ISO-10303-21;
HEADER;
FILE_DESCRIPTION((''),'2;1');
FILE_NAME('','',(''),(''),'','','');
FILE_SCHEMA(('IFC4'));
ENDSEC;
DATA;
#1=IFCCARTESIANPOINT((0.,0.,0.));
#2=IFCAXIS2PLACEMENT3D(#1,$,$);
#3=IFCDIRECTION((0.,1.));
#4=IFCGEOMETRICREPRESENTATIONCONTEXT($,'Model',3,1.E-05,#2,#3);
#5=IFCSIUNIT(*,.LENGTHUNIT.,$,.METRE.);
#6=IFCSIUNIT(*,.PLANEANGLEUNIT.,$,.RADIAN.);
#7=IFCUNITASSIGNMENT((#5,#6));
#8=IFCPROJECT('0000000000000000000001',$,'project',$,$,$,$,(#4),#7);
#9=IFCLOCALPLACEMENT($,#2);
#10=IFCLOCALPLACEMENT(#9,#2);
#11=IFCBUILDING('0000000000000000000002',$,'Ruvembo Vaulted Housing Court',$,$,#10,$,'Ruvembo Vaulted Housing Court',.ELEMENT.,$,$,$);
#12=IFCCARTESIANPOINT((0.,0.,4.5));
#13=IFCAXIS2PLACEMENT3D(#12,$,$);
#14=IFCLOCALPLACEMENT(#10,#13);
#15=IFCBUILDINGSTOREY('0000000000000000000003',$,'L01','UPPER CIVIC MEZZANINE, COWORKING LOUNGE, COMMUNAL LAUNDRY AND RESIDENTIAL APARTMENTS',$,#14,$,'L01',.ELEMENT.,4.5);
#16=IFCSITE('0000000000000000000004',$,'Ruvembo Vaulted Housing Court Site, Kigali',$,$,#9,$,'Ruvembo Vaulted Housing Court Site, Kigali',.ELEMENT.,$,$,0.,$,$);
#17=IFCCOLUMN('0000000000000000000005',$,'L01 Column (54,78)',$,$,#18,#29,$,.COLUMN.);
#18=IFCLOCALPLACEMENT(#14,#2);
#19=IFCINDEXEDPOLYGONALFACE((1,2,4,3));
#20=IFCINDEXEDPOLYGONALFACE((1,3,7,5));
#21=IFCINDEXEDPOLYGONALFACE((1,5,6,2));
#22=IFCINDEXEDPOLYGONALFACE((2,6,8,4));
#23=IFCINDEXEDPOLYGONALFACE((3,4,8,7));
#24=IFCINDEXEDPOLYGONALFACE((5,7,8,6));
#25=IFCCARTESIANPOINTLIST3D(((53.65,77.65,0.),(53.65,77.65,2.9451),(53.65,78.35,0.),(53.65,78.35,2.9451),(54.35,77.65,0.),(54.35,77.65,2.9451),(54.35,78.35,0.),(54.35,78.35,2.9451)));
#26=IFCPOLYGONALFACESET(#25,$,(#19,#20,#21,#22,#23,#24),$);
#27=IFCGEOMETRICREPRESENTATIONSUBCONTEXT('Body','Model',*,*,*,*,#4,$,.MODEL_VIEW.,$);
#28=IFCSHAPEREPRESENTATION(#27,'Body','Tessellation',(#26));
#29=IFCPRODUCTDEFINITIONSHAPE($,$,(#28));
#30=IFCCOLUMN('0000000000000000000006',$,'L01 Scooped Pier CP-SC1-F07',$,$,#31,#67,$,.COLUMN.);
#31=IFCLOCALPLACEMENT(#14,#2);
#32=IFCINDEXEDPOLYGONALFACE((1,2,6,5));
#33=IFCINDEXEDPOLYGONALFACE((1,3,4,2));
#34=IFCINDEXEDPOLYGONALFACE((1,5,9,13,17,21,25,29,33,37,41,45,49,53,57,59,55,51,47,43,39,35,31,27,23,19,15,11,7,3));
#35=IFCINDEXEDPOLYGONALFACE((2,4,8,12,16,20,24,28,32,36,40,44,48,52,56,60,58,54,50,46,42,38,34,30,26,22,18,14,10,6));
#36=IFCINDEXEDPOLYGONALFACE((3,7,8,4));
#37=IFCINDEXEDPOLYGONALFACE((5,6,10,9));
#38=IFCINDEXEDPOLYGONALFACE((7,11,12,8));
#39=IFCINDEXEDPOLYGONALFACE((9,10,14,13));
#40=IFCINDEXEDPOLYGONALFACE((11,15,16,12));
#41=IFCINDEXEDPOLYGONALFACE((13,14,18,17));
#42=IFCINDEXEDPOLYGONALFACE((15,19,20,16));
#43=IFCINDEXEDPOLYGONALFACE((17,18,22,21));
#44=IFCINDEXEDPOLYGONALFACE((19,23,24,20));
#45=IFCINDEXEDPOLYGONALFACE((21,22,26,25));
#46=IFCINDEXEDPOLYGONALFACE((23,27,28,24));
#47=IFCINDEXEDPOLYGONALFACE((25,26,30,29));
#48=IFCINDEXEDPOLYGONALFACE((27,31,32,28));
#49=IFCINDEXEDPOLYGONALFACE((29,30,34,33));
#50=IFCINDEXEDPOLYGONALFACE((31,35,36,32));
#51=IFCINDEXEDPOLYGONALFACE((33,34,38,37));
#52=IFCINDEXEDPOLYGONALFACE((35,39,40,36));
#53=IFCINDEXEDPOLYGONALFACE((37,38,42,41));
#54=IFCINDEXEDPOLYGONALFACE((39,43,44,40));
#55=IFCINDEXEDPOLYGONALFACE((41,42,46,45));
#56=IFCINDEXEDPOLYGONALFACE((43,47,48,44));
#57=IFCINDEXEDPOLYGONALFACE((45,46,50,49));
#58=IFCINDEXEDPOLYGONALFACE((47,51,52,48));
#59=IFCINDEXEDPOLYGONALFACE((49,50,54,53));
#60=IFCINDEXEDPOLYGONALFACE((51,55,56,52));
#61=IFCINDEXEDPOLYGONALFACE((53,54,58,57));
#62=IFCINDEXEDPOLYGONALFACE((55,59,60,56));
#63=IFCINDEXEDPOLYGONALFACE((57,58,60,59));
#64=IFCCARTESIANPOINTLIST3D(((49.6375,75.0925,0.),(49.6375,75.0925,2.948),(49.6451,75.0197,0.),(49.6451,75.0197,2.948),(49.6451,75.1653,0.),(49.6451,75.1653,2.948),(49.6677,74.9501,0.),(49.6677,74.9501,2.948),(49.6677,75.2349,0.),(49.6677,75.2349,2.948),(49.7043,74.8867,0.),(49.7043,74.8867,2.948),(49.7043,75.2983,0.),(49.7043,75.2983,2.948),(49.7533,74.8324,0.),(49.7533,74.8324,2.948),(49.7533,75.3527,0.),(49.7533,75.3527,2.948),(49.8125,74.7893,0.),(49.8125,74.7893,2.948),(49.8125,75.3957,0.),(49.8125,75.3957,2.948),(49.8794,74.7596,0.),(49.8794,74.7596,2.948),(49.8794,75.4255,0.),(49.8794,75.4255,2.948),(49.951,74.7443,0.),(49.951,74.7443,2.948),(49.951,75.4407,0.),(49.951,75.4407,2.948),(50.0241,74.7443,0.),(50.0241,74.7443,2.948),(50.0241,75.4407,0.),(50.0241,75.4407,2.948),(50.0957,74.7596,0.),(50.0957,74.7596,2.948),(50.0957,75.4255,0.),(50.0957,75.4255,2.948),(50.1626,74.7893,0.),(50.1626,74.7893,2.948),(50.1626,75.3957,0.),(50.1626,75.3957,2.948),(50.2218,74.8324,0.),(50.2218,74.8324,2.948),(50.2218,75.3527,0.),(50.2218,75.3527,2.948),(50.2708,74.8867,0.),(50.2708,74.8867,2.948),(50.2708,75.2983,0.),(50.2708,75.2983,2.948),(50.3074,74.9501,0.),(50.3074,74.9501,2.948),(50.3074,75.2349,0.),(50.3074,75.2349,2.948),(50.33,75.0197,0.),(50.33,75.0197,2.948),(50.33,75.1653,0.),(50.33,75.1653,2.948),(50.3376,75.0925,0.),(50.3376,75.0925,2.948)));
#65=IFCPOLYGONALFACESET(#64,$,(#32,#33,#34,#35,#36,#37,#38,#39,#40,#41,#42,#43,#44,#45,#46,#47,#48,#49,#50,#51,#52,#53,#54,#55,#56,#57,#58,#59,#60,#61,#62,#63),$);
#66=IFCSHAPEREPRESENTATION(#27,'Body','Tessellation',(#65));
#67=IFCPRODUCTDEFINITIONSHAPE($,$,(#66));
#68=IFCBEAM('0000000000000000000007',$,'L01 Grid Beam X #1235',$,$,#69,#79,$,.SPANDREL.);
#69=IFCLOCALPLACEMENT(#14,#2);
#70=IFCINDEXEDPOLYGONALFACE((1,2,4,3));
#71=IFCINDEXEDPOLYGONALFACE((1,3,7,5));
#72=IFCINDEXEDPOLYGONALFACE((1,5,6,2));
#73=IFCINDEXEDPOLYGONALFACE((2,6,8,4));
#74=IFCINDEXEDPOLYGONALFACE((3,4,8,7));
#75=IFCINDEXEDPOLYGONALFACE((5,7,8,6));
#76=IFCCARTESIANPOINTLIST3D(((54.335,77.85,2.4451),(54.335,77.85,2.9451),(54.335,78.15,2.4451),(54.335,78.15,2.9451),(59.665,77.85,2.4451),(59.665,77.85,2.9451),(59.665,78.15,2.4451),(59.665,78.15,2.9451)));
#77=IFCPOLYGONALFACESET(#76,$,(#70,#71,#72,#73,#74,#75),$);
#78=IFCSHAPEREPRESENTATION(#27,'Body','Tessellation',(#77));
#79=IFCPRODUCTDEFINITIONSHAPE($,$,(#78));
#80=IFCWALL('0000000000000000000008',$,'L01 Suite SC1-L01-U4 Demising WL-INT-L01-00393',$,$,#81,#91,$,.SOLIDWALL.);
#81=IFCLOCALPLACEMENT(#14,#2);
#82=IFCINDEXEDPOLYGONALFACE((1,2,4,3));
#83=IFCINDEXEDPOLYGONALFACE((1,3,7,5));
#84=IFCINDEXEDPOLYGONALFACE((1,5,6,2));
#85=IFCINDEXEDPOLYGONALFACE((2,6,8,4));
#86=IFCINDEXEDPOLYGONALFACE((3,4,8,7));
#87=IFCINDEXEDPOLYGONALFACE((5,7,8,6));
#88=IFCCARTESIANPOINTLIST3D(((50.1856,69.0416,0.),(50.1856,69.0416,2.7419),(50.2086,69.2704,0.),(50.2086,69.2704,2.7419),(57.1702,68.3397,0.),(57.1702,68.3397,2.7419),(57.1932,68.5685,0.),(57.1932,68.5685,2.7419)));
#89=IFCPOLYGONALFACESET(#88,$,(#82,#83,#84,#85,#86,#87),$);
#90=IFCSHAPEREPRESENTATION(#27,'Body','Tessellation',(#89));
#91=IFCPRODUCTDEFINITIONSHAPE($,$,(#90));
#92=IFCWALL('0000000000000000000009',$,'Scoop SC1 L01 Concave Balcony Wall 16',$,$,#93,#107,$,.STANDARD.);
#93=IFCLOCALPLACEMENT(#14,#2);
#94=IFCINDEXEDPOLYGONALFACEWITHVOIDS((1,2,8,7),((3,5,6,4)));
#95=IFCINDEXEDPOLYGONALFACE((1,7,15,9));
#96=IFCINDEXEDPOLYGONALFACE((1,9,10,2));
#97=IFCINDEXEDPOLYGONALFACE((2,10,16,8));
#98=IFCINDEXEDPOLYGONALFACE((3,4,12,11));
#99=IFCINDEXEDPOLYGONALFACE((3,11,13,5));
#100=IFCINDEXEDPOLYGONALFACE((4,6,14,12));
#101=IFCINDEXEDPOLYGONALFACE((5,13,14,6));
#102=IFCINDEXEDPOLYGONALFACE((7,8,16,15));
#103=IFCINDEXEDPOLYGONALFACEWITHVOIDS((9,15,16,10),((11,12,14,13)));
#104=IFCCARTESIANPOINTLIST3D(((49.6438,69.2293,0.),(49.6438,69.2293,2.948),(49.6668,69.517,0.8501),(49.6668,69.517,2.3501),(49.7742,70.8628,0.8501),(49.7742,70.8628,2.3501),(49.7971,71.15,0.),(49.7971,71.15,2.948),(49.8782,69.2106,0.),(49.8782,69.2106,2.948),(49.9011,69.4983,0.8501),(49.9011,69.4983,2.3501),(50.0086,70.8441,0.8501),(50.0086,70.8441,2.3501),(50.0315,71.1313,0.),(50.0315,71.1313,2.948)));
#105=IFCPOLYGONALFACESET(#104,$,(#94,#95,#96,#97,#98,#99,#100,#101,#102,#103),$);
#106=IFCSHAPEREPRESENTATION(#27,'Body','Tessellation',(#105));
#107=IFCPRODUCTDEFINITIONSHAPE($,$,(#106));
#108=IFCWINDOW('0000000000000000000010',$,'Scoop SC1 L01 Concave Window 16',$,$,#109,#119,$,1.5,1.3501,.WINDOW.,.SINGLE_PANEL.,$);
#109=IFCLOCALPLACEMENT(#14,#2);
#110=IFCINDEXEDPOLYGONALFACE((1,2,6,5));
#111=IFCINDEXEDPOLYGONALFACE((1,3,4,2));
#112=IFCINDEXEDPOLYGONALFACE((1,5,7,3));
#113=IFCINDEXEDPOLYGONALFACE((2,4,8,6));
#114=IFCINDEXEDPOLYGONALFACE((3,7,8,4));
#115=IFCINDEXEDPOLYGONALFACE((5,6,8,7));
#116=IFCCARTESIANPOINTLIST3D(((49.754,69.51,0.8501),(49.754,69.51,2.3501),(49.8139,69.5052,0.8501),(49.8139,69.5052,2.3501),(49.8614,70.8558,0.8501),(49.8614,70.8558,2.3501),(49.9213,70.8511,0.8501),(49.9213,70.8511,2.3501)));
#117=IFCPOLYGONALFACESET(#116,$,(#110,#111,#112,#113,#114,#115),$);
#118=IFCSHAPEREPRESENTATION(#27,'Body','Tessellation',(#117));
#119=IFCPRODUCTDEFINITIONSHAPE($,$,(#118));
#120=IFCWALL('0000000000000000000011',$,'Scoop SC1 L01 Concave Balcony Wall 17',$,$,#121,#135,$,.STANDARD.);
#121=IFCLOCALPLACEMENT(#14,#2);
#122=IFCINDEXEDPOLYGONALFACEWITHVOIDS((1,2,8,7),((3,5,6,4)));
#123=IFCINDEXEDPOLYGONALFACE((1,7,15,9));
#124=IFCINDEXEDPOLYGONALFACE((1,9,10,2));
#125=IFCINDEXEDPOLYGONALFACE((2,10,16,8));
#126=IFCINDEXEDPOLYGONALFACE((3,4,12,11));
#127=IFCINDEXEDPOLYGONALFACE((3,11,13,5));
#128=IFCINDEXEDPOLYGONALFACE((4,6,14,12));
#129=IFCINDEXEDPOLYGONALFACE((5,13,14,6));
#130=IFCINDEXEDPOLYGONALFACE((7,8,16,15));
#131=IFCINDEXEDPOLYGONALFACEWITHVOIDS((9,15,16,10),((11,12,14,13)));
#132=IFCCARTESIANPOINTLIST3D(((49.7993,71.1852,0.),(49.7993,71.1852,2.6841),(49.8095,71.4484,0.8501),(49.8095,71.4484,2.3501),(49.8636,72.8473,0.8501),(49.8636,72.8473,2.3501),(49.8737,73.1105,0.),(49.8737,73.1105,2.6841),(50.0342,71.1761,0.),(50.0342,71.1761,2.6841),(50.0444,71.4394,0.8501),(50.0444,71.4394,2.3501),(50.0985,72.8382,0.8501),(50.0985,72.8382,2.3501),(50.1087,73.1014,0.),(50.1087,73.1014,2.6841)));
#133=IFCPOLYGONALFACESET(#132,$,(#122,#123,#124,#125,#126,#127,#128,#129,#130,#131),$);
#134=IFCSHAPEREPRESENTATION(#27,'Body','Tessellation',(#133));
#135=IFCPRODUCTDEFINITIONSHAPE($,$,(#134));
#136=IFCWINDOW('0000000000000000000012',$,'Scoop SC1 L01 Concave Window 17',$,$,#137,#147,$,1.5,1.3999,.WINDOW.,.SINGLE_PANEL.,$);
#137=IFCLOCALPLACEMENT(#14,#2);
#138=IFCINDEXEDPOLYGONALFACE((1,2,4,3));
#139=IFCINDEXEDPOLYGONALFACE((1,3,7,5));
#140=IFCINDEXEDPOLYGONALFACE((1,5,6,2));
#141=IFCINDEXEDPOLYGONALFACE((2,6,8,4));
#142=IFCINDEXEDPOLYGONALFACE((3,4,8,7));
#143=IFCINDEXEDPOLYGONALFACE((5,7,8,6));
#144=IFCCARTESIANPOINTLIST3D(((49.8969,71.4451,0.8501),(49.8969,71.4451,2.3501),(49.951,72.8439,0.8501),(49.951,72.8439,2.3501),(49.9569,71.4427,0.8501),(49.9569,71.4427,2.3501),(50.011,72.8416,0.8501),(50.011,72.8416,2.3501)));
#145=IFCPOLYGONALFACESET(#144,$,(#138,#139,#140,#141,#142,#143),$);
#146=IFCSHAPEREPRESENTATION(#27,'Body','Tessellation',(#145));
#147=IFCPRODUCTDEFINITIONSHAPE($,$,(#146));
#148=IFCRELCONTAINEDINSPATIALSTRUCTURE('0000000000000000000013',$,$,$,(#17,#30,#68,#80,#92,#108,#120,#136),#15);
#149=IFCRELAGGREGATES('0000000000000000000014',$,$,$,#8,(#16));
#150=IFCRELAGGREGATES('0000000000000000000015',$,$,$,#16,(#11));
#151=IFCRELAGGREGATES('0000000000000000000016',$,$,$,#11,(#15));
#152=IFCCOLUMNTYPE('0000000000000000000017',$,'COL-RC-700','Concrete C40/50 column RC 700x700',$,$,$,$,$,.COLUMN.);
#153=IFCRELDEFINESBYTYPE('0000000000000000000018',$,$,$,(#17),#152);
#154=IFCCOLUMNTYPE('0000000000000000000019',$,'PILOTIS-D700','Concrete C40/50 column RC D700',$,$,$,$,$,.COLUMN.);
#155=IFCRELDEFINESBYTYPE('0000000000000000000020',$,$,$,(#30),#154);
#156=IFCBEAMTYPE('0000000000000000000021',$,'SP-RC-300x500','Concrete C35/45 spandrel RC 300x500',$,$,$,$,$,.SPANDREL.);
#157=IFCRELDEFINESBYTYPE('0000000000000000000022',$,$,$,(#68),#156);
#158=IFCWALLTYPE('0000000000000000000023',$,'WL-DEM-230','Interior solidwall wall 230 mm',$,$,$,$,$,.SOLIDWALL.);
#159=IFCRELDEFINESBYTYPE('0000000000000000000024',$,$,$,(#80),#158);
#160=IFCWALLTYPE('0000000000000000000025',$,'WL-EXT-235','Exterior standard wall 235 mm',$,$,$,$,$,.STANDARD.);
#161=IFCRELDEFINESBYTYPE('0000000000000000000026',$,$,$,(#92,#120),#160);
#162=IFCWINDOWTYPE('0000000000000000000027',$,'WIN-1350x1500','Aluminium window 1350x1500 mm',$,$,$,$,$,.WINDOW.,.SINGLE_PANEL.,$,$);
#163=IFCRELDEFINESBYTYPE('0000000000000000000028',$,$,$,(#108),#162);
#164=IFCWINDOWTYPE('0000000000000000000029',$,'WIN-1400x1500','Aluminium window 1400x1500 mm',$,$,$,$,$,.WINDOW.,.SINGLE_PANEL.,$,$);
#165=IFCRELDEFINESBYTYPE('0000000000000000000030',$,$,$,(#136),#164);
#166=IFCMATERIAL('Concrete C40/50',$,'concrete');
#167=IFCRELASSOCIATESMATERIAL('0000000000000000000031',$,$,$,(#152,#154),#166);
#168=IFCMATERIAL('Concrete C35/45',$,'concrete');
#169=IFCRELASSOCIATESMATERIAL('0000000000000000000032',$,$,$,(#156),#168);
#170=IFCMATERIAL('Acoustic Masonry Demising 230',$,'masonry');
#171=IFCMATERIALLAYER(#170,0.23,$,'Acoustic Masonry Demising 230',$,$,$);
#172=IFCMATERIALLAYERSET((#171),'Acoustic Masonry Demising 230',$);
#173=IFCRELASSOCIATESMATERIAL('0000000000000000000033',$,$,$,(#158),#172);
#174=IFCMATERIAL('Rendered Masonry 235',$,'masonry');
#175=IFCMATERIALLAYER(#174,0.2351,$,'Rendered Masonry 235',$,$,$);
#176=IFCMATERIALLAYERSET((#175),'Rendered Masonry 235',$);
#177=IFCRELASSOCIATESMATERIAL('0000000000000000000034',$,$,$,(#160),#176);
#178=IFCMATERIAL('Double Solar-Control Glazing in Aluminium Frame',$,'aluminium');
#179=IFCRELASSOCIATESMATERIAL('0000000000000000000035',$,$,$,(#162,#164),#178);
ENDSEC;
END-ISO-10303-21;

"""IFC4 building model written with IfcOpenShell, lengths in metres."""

from ifc_helpers import new_model, si_unit, direction, frame, frame_2d, origin, origin_2d, place, context, subcontext, project, spatial, rectangle, circle, extrude, material, layer, layer_set, material_profile, profile_set, type_object, element, fill, save


model = new_model("IFC4")

# Units and contexts
model_context = context("Model", 3, precision=1e-05, world=origin(), true_north=direction((0.0, 1.0)))
body_context = subcontext(model_context, "Body", "Model", "MODEL_VIEW")
ifc_project = project(units=[si_unit("LENGTHUNIT", "METRE"), si_unit("PLANEANGLEUNIT", "RADIAN")], contexts=[model_context])

# Site, building, storey
site_placement = place(None, origin())
site = spatial("IfcSite", under=ifc_project, at=site_placement, Name="Ruvembo Vaulted Housing Court Site, Kigali", LongName="Ruvembo Vaulted Housing Court Site, Kigali", CompositionType="ELEMENT", RefElevation=0.0)
building_placement = place(site_placement, origin())
building = spatial("IfcBuilding", under=site, at=building_placement, Name="Ruvembo Vaulted Housing Court", LongName="Ruvembo Vaulted Housing Court", CompositionType="ELEMENT")
storey_placement = place(building_placement, frame((0.0, 0.0, 4.5)))
storey = spatial("IfcBuildingStorey", under=building, at=storey_placement, Name="L01", Description="UPPER CIVIC MEZZANINE, COWORKING LOUNGE, COMMUNAL LAUNDRY AND RESIDENTIAL APARTMENTS", LongName="L01", CompositionType="ELEMENT", Elevation=4.5)

# Columns
ifc_material_1 = material(Name="Concrete C40/50", Category="concrete")
ifc_material_profile_1 = material_profile(ifc_material_1, rectangle(XDim=0.7, YDim=0.7, at=origin_2d()), Name="RC 700x700")
ifc_profile_set_1 = profile_set([ifc_material_profile_1], Name="Concrete C40/50")
column_type_1 = type_object("IfcColumnType", Name="COL-RC-700", Description="Concrete C40/50 column RC 700x700", PredefinedType="COLUMN", material=ifc_profile_set_1)
column_1_placement = place(storey_placement, frame((54.0, 78.0, 0.0), z_axis=(0.0, 0.0, 1.0), x_axis=(1.0, 0.0, 0.0)))
element("IfcColumn", 1, at=column_1_placement, inside=storey, type_object=column_type_1, Name="L01 Column (54,78)", PredefinedType="COLUMN", context=body_context, shape_type="SweptSolid", body=[
    extrude(rectangle(XDim=0.7, YDim=0.7, at=origin_2d()), origin(), (0.0, 0.0, 1.0), 2.9451),
])
ifc_material_profile_2 = material_profile(ifc_material_1, circle(Radius=0.3501, at=origin_2d()), Name="RC D700")
ifc_profile_set_2 = profile_set([ifc_material_profile_2], Name="Concrete C40/50")
column_type_2 = type_object("IfcColumnType", Name="PILOTIS-D700", Description="Concrete C40/50 column RC D700", PredefinedType="COLUMN", material=ifc_profile_set_2)
column_2_placement = place(storey_placement, frame((49.9875, 75.0925, 0.0), z_axis=(0.0, 0.0, 1.0), x_axis=(1.0, 0.0, 0.0)))
element("IfcColumn", 2, at=column_2_placement, inside=storey, type_object=column_type_2, Name="L01 Scooped Pier CP-SC1-F07", PredefinedType="COLUMN", context=body_context, shape_type="SweptSolid", body=[
    extrude(circle(Radius=0.3501, at=origin_2d()), origin(), (0.0, 0.0, 1.0), 2.948),
])

# Beam
ifc_material_2 = material(Name="Concrete C35/45", Category="concrete")
ifc_material_profile_3 = material_profile(ifc_material_2, rectangle(XDim=0.3, YDim=0.5, at=origin_2d()), Name="RC 300x500")
ifc_profile_set_3 = profile_set([ifc_material_profile_3], Name="Concrete C35/45")
beam_type = type_object("IfcBeamType", Name="SP-RC-300x500", Description="Concrete C35/45 spandrel RC 300x500", PredefinedType="SPANDREL", material=ifc_profile_set_3)
beam_placement = place(storey_placement, frame((54.335, 78.0, 2.6951), z_axis=(1.0, 0.0, 0.0), x_axis=(0.0, 1.0, 0.0)))
element("IfcBeam", 3, at=beam_placement, inside=storey, type_object=beam_type, Name="L01 Grid Beam X #1235", PredefinedType="SPANDREL", context=body_context, shape_type="SweptSolid", body=[
    extrude(rectangle(XDim=0.3, YDim=0.5, at=origin_2d()), origin(), (0.0, 0.0, 1.0), 5.3301),
])

# Wall
ifc_material_3 = material(Name="Acoustic Masonry Demising 230", Category="masonry")
ifc_layer_1 = layer(ifc_material_3, 0.23, Name="Acoustic Masonry Demising 230")
ifc_layer_set_1 = layer_set([ifc_layer_1], Name="Acoustic Masonry Demising 230")
wall_type_1 = type_object("IfcWallType", Name="WL-DEM-230", Description="Interior solidwall wall 230 mm", PredefinedType="SOLIDWALL", material=ifc_layer_set_1)
wall_1_placement = place(storey_placement, frame((50.1973, 69.156, 0.0), z_axis=(0.0, 0.0, 1.0), x_axis=(0.994989, -0.099989, 0.0)))
element("IfcWall", 4, at=wall_1_placement, inside=storey, type_object=wall_type_1, Name="L01 Suite SC1-L01-U4 Demising WL-INT-L01-00393", PredefinedType="SOLIDWALL", context=body_context, shape_type="SweptSolid", body=[
    extrude(rectangle(XDim=7.0198, YDim=0.23, at=frame_2d((3.5098, 0.0))), origin(), (0.0, 0.0, 1.0), 2.7419),
])

# Walls, openings, windows
ifc_material_4 = material(Name="Rendered Masonry 235", Category="masonry")
ifc_layer_2 = layer(ifc_material_4, 0.2351, Name="Rendered Masonry 235")
ifc_layer_set_2 = layer_set([ifc_layer_2], Name="Rendered Masonry 235")
wall_type_2 = type_object("IfcWallType", Name="WL-EXT-235", Description="Exterior standard wall 235 mm", PredefinedType="STANDARD", material=ifc_layer_set_2)
wall_2_placement = place(storey_placement, frame((49.761, 69.22, 0.0), z_axis=(0.0, 0.0, 1.0), x_axis=(0.079574, 0.996829, 0.0)))
wall_2 = element("IfcWall", 5, at=wall_2_placement, inside=storey, type_object=wall_type_2, Name="Scoop SC1 L01 Concave Balcony Wall 16", PredefinedType="STANDARD", context=body_context, shape_type="SweptSolid", body=[
    extrude(rectangle(XDim=1.9268, YDim=0.2351, at=frame_2d((0.9634, 0.0))), origin(), (0.0, 0.0, 1.0), 2.948),
])
opening_1_placement = place(wall_2_placement, frame((0.2886, 0.0, 0.8501)))
opening_1 = element("IfcOpeningElement", 6, at=opening_1_placement, cuts=wall_2, PredefinedType="OPENING", context=body_context, shape_type="SweptSolid", body=[
    extrude(rectangle(XDim=1.3501, YDim=1.5, at=frame_2d((0.675, 0.75))), frame((0.0, 0.1274, 0.0), z_axis=(0.0, -1.0, 0.0), x_axis=(1.0, 0.0, 0.0)), (0.0, 0.0, 1.0), 0.2551),
])
ifc_material_5 = material(Name="Double Solar-Control Glazing in Aluminium Frame", Category="aluminium")
window_type_1 = type_object("IfcWindowType", Name="WIN-1350x1500", Description="Aluminium window 1350x1500 mm", PartitioningType="SINGLE_PANEL", PredefinedType="WINDOW", material=ifc_material_5)
window_1_placement = place(opening_1_placement, origin())
window_1 = element("IfcWindow", 7, at=window_1_placement, inside=storey, type_object=window_type_1, Name="Scoop SC1 L01 Concave Window 16", OverallHeight=1.5, OverallWidth=1.3501, PartitioningType="SINGLE_PANEL", PredefinedType="WINDOW", context=body_context, shape_type="SweptSolid", body=[
    extrude(rectangle(XDim=1.3501, YDim=1.5, at=frame_2d((0.675, 0.75))), frame((0.0, 0.03, 0.0), z_axis=(0.0, -1.0, 0.0), x_axis=(1.0, 0.0, 0.0)), (0.0, 0.0, 1.0), 0.0601),
])
fill(opening_1, window_1)
wall_3_placement = place(storey_placement, frame((49.9167, 71.1807, 0.0), z_axis=(0.0, 0.0, 1.0), x_axis=(0.038647, 0.999253, 0.0)))
wall_3 = element("IfcWall", 8, at=wall_3_placement, inside=storey, type_object=wall_type_2, Name="Scoop SC1 L01 Concave Balcony Wall 17", PredefinedType="STANDARD", context=body_context, shape_type="SweptSolid", body=[
    extrude(rectangle(XDim=1.9268, YDim=0.2351, at=frame_2d((0.9634, 0.0))), origin(), (0.0, 0.0, 1.0), 2.6841),
])
opening_2_placement = place(wall_3_placement, frame((0.2634, 0.0, 0.8501)))
opening_2 = element("IfcOpeningElement", 9, at=opening_2_placement, cuts=wall_3, PredefinedType="OPENING", context=body_context, shape_type="SweptSolid", body=[
    extrude(rectangle(XDim=1.3999, YDim=1.5, at=frame_2d((0.7, 0.75))), frame((0.0, 0.1274, 0.0), z_axis=(0.0, -1.0, 0.0), x_axis=(1.0, 0.0, 0.0)), (0.0, 0.0, 1.0), 0.2551),
])
window_type_2 = type_object("IfcWindowType", Name="WIN-1400x1500", Description="Aluminium window 1400x1500 mm", PartitioningType="SINGLE_PANEL", PredefinedType="WINDOW", material=ifc_material_5)
window_2_placement = place(opening_2_placement, origin())
window_2 = element("IfcWindow", 10, at=window_2_placement, inside=storey, type_object=window_type_2, Name="Scoop SC1 L01 Concave Window 17", OverallHeight=1.5, OverallWidth=1.3999, PartitioningType="SINGLE_PANEL", PredefinedType="WINDOW", context=body_context, shape_type="SweptSolid", body=[
    extrude(rectangle(XDim=1.3999, YDim=1.5, at=frame_2d((0.7, 0.75))), frame((0.0, 0.03, 0.0), z_axis=(0.0, -1.0, 0.0), x_axis=(1.0, 0.0, 0.0)), (0.0, 0.0, 1.0), 0.0601),
])
fill(opening_2, window_2)

save(model, "model.ifc")
